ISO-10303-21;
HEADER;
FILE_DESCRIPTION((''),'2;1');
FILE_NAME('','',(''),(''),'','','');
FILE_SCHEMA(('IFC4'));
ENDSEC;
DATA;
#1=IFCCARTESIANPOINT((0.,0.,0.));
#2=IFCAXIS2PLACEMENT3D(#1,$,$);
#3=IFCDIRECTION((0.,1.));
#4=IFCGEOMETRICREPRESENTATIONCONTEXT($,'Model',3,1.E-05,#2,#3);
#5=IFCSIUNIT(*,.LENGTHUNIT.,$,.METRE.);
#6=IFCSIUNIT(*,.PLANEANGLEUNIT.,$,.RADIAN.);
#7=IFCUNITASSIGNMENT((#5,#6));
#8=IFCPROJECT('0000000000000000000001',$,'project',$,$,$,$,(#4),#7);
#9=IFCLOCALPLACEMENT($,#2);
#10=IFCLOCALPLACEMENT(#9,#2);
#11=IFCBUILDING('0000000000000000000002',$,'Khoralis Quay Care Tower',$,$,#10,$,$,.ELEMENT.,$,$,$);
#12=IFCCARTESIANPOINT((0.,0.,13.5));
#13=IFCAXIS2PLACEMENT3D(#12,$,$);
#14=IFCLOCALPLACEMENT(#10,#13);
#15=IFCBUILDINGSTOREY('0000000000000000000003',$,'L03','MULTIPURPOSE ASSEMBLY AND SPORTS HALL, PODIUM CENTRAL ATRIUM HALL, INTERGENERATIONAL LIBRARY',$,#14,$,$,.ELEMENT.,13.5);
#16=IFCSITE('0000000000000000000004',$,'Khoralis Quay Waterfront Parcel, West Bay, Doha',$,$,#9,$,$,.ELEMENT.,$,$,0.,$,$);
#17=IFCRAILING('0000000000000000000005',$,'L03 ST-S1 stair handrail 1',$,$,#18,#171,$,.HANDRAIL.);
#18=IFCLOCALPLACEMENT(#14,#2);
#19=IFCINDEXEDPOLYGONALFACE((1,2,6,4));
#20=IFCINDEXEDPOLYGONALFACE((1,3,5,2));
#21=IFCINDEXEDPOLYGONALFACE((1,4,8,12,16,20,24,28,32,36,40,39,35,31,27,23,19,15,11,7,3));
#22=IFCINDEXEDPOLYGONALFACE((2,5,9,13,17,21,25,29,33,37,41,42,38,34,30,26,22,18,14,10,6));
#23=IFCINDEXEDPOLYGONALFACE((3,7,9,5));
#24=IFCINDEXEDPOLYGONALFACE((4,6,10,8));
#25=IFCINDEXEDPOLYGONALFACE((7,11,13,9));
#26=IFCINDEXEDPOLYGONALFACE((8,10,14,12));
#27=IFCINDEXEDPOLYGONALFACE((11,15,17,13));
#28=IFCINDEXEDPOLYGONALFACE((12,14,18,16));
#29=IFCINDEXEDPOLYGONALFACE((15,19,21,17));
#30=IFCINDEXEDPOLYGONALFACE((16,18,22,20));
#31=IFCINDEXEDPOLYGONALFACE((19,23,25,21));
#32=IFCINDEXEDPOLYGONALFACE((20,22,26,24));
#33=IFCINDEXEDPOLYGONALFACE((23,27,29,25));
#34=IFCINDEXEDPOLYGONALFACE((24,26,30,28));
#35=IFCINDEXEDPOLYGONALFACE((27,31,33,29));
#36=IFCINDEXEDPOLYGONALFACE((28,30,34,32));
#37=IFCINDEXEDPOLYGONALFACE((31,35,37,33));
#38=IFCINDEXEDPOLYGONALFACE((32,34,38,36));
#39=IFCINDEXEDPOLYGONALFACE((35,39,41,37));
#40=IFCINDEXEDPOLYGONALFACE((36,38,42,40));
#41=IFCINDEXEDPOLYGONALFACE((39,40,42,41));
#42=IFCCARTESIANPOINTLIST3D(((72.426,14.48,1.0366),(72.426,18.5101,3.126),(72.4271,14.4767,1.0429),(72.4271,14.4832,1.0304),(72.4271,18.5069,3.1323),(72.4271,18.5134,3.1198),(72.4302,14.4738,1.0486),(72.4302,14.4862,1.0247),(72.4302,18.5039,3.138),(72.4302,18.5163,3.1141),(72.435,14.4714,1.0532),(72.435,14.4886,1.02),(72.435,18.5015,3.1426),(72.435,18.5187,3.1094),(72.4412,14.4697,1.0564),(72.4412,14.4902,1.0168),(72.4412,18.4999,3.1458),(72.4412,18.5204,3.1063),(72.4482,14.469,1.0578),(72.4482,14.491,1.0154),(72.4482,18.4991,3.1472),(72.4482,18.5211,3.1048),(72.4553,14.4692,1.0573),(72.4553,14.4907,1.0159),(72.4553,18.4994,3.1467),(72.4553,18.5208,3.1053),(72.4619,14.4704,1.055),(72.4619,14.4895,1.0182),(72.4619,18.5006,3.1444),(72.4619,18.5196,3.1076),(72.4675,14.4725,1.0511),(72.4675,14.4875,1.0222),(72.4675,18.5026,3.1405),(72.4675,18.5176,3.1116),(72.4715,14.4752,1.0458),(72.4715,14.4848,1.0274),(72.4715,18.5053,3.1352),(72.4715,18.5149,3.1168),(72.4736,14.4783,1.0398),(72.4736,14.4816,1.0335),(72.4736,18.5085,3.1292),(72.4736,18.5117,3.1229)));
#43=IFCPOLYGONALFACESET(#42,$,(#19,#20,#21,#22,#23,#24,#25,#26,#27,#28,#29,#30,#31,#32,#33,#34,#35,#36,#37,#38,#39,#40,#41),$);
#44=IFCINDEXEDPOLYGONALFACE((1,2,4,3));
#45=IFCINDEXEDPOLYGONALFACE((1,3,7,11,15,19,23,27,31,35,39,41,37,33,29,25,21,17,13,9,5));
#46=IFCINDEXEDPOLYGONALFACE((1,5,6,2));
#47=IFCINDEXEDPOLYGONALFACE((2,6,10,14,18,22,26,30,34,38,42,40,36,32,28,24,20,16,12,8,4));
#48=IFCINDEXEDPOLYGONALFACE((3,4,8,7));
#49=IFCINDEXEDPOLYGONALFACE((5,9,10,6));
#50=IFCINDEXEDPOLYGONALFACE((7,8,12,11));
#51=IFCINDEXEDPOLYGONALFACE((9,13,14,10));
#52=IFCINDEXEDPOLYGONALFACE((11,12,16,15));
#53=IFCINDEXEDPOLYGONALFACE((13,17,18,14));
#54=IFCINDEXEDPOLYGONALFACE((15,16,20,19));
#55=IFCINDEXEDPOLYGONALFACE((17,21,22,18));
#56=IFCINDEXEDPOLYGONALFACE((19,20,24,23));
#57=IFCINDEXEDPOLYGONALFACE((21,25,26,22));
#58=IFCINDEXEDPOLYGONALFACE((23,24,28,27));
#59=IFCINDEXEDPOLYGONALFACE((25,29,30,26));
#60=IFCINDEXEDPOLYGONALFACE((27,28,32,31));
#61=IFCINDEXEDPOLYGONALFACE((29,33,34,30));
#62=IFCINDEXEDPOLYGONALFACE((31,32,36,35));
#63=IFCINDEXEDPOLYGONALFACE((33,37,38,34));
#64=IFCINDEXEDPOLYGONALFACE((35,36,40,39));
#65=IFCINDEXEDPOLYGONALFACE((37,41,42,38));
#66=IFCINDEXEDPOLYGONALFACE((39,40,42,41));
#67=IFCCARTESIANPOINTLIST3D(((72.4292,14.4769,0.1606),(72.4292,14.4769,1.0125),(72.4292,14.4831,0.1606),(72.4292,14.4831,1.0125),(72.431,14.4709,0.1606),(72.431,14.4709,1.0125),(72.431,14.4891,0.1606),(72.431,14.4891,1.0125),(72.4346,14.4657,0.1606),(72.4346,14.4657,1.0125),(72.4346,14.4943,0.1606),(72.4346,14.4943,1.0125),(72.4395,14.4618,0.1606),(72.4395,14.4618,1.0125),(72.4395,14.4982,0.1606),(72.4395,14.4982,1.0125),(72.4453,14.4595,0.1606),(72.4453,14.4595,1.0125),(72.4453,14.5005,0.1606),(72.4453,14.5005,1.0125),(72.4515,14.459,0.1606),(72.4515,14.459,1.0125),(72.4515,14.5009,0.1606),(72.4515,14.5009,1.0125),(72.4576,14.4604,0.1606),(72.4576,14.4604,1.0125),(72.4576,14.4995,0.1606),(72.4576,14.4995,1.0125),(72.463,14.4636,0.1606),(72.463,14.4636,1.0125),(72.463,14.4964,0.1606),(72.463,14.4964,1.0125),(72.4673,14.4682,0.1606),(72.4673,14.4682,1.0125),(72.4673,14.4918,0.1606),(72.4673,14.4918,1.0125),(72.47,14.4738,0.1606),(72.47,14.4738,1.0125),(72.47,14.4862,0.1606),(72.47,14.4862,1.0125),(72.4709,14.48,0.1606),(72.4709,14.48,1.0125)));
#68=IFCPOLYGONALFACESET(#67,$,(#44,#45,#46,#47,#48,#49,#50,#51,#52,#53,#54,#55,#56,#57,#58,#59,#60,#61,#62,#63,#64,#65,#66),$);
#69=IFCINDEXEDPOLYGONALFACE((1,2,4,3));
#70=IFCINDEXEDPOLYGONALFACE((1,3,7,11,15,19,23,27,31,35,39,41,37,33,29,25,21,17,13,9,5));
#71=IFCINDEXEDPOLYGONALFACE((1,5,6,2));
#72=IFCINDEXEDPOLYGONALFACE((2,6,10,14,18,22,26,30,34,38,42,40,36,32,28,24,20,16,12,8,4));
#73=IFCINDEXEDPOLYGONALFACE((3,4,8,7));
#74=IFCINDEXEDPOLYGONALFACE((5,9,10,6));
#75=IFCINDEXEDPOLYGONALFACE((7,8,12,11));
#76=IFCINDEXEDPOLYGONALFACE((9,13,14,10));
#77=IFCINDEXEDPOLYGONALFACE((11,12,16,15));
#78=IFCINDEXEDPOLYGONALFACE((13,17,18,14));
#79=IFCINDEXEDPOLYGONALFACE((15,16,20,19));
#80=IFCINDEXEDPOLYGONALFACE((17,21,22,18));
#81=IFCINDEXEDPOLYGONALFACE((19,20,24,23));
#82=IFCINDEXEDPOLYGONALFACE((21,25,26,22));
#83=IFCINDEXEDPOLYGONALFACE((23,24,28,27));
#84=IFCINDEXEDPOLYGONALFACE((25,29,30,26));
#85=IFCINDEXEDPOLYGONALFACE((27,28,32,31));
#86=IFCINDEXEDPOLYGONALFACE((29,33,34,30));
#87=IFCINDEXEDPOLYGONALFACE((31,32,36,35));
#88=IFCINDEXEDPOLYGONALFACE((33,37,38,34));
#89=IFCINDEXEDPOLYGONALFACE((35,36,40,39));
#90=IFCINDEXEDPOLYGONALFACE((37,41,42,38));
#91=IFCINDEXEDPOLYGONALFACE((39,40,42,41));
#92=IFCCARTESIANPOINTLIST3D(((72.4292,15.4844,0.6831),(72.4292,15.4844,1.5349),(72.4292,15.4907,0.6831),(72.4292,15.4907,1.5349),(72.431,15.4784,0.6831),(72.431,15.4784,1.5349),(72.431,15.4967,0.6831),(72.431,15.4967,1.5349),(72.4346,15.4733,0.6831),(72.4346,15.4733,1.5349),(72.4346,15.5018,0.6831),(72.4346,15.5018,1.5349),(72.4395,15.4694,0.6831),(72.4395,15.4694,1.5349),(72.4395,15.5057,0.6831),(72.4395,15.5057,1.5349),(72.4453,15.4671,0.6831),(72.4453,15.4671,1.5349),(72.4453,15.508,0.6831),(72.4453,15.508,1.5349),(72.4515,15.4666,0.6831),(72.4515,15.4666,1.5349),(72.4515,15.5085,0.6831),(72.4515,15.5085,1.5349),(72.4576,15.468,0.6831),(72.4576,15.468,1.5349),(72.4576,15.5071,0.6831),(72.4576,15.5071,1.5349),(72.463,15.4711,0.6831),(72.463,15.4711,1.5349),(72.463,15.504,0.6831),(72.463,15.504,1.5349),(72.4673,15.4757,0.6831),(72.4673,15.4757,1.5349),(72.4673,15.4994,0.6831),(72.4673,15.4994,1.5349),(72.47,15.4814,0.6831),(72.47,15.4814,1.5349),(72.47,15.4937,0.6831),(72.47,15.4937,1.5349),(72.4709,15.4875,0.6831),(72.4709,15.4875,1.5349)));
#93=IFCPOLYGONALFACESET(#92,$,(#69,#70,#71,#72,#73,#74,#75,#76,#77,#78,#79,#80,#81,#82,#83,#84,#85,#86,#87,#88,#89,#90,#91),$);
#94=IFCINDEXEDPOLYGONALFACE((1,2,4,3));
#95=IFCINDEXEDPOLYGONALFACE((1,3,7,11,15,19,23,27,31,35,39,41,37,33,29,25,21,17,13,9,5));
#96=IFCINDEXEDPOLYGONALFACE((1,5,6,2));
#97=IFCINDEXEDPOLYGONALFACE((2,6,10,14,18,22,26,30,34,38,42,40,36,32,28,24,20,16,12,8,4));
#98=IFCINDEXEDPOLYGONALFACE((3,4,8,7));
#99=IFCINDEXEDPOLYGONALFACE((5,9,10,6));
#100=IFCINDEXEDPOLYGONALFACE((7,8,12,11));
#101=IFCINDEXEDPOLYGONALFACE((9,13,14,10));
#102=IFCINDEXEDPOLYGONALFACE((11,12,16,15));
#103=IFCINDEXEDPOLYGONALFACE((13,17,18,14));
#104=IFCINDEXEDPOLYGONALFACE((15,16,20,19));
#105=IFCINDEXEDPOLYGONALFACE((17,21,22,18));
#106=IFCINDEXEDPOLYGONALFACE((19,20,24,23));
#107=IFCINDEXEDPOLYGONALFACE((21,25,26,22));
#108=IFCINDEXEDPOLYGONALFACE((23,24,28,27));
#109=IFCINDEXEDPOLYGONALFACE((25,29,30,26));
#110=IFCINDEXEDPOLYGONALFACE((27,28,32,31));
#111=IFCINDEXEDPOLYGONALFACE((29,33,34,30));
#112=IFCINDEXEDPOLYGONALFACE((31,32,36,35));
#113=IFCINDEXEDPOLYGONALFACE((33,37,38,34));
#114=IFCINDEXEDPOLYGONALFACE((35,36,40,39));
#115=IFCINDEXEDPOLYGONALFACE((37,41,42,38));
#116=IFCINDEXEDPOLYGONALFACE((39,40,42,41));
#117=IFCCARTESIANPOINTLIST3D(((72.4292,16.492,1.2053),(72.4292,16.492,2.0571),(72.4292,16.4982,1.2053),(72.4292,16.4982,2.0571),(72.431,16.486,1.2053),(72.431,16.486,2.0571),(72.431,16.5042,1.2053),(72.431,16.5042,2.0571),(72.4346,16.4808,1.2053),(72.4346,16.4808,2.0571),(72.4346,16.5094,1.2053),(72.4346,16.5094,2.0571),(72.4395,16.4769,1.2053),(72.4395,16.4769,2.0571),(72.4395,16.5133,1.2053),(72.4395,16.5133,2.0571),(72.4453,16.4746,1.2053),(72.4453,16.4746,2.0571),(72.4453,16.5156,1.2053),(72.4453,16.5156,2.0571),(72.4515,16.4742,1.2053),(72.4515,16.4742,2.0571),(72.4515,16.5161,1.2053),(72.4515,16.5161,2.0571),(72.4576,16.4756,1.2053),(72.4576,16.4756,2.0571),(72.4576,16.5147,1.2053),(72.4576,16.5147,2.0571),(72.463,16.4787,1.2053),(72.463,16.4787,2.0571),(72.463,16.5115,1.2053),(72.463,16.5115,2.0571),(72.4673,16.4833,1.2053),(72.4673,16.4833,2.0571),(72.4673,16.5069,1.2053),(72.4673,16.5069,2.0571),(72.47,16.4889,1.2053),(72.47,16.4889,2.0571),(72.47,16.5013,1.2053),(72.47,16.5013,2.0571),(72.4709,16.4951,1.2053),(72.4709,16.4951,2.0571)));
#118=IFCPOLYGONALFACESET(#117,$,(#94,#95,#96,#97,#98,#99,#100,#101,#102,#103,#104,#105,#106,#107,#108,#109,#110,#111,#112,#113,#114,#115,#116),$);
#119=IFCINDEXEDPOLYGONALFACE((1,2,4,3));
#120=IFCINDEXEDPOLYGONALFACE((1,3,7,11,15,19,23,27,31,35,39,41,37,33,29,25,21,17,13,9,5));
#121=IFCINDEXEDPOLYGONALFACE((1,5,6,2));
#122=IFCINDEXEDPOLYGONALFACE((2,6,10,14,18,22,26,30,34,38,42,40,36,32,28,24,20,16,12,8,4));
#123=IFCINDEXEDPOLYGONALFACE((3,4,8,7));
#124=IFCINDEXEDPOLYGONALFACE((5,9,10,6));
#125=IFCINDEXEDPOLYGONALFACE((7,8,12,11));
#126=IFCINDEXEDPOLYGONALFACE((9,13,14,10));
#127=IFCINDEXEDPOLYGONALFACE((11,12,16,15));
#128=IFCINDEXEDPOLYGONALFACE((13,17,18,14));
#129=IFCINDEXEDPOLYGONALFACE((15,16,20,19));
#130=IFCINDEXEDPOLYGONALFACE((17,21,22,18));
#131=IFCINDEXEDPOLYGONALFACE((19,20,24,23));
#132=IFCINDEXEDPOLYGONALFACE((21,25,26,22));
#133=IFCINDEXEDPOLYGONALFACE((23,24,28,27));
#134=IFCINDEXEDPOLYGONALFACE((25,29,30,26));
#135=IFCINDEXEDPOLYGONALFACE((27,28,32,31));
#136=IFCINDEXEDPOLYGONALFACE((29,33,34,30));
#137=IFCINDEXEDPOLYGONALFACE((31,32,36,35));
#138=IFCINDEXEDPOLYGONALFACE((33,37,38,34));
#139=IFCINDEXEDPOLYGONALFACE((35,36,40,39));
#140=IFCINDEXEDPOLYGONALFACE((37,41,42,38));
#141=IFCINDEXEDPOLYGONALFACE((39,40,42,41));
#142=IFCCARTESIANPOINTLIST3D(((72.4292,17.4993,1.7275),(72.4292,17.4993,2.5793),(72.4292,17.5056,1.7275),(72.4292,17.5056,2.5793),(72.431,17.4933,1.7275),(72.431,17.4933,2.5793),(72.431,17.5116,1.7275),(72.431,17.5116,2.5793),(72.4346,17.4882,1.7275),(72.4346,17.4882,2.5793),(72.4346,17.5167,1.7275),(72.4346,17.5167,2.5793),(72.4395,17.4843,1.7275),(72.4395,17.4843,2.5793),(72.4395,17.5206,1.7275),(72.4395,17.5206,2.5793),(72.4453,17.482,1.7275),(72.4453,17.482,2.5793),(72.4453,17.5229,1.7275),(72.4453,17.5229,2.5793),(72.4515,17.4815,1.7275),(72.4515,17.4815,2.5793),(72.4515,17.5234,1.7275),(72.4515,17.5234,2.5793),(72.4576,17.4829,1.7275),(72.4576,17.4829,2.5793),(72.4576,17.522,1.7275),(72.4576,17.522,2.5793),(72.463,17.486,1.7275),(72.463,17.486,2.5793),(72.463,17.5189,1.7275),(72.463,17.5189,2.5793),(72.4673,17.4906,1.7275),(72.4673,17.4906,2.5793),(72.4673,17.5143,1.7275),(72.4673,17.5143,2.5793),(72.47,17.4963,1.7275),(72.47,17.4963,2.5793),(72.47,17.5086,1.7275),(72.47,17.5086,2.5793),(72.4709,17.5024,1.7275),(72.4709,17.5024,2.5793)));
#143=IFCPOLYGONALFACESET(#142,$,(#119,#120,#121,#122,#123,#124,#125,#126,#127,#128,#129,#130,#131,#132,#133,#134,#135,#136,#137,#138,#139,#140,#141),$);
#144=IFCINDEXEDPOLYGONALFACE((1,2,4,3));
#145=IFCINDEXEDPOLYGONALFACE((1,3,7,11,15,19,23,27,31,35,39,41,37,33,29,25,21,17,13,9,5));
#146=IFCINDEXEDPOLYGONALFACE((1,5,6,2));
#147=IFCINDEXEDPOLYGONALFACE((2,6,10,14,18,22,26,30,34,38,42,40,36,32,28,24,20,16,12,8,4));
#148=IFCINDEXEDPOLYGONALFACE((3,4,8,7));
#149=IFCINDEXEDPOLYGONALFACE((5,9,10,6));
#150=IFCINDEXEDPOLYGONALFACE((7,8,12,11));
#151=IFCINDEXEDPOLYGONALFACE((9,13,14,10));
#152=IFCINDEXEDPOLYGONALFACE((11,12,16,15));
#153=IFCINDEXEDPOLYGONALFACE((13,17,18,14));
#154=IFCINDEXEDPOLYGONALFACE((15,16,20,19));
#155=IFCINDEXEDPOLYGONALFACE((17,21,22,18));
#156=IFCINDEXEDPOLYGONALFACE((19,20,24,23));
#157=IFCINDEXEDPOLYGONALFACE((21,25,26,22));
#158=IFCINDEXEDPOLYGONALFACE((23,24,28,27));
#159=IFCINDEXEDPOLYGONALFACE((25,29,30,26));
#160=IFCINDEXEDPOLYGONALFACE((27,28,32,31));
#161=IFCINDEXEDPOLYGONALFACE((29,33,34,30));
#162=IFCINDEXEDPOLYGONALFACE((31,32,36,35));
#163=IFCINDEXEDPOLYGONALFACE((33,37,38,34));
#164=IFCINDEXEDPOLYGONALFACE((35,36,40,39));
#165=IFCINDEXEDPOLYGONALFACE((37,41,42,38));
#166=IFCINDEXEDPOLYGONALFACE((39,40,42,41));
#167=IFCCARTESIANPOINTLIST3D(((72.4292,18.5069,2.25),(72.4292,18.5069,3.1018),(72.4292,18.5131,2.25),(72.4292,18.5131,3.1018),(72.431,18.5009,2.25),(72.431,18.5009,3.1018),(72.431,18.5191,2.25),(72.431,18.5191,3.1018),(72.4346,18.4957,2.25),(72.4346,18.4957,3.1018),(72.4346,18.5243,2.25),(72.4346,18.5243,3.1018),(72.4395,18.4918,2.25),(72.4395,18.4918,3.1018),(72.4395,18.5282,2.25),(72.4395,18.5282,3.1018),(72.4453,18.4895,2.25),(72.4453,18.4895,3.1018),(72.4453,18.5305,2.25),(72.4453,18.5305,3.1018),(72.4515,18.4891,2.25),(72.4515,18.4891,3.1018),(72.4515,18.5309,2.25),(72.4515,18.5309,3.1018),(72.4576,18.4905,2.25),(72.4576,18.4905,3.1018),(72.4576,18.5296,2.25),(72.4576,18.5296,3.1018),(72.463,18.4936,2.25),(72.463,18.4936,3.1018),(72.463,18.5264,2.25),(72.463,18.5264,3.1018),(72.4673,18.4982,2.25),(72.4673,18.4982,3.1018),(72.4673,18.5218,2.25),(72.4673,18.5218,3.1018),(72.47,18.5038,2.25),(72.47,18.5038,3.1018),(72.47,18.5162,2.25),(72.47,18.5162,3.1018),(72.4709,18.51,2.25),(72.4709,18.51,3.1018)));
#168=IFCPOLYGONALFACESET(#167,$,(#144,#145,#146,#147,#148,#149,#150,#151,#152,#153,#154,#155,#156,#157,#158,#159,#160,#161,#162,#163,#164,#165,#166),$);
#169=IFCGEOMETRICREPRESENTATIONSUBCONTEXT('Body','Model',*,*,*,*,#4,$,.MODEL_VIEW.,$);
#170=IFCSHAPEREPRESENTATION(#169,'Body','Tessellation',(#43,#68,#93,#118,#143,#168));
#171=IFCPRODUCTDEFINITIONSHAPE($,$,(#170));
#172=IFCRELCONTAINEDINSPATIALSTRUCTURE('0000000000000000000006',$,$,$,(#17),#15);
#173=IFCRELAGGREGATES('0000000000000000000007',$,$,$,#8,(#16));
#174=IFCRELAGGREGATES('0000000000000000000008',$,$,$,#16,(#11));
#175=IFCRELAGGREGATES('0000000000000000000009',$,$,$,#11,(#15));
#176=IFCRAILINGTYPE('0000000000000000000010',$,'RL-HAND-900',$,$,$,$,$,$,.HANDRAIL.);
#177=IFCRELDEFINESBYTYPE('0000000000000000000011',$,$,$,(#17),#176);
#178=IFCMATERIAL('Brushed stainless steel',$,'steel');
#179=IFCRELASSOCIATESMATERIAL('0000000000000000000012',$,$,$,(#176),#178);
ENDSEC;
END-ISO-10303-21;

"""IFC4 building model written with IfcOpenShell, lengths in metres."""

from ifc_helpers import new_model, si_unit, direction, frame, origin, origin_2d, place, context, subcontext, project, spatial, circle, extrude, material, type_object, element, save


model = new_model("IFC4")

# Units and contexts
model_context = context("Model", 3, precision=1e-05, world=origin(), true_north=direction((0.0, 1.0)))
body_context = subcontext(model_context, "Body", "Model", "MODEL_VIEW")
ifc_project = project(units=[si_unit("LENGTHUNIT", "METRE"), si_unit("PLANEANGLEUNIT", "RADIAN")], contexts=[model_context])

# Site, building, storey
site_placement = place(None, origin())
site = spatial("IfcSite", under=ifc_project, at=site_placement, Name="Khoralis Quay Waterfront Parcel, West Bay, Doha", CompositionType="ELEMENT", RefElevation=0.0)
building_placement = place(site_placement, origin())
building = spatial("IfcBuilding", under=site, at=building_placement, Name="Khoralis Quay Care Tower", CompositionType="ELEMENT")
storey_placement = place(building_placement, frame((0.0, 0.0, 13.5)))
storey = spatial("IfcBuildingStorey", under=building, at=storey_placement, Name="L03", Description="MULTIPURPOSE ASSEMBLY AND SPORTS HALL, PODIUM CENTRAL ATRIUM HALL, INTERGENERATIONAL LIBRARY", CompositionType="ELEMENT", Elevation=13.5)

# Shared definitions
ifc_material_1 = material(Name="Brushed stainless steel", Category="steel")

# Railing
railing_type_1 = type_object("IfcRailingType", Name="RL-HAND-900", PredefinedType="HANDRAIL", material=ifc_material_1)
railing_1_placement = place(storey_placement, frame((72.45, 14.48, 0.1606)))
element("IfcRailing", 1, at=railing_1_placement, inside=storey, type_object=railing_type_1, Name="L03 ST-S1 stair handrail 1", PredefinedType="HANDRAIL", context=body_context, shape_type="SweptSolid", body=[
    extrude(circle(Radius=0.0239, at=origin_2d()), frame((0.0, 0.0, 0.876), z_axis=(0.0, 0.887781, 0.460267), x_axis=(-1.0, 0.0, 0.0)), (0.0, 0.0, 1.0), 4.5396),
    extrude(circle(Radius=0.021, at=origin_2d()), origin(), (0.0, 0.0, 1.0), 0.8518),
    extrude(circle(Radius=0.021, at=origin_2d()), frame((0.0, 1.0076, 0.5225)), (0.0, 0.0, 1.0), 0.8518),
    extrude(circle(Radius=0.021, at=origin_2d()), frame((0.0, 2.0151, 1.0447)), (0.0, 0.0, 1.0), 0.8518),
    extrude(circle(Radius=0.021, at=origin_2d()), frame((0.0, 3.0225, 1.5669)), (0.0, 0.0, 1.0), 0.8518),
    extrude(circle(Radius=0.021, at=origin_2d()), frame((0.0, 4.03, 2.0894)), (0.0, 0.0, 1.0), 0.8518),
])

save(model, "model.ifc")
